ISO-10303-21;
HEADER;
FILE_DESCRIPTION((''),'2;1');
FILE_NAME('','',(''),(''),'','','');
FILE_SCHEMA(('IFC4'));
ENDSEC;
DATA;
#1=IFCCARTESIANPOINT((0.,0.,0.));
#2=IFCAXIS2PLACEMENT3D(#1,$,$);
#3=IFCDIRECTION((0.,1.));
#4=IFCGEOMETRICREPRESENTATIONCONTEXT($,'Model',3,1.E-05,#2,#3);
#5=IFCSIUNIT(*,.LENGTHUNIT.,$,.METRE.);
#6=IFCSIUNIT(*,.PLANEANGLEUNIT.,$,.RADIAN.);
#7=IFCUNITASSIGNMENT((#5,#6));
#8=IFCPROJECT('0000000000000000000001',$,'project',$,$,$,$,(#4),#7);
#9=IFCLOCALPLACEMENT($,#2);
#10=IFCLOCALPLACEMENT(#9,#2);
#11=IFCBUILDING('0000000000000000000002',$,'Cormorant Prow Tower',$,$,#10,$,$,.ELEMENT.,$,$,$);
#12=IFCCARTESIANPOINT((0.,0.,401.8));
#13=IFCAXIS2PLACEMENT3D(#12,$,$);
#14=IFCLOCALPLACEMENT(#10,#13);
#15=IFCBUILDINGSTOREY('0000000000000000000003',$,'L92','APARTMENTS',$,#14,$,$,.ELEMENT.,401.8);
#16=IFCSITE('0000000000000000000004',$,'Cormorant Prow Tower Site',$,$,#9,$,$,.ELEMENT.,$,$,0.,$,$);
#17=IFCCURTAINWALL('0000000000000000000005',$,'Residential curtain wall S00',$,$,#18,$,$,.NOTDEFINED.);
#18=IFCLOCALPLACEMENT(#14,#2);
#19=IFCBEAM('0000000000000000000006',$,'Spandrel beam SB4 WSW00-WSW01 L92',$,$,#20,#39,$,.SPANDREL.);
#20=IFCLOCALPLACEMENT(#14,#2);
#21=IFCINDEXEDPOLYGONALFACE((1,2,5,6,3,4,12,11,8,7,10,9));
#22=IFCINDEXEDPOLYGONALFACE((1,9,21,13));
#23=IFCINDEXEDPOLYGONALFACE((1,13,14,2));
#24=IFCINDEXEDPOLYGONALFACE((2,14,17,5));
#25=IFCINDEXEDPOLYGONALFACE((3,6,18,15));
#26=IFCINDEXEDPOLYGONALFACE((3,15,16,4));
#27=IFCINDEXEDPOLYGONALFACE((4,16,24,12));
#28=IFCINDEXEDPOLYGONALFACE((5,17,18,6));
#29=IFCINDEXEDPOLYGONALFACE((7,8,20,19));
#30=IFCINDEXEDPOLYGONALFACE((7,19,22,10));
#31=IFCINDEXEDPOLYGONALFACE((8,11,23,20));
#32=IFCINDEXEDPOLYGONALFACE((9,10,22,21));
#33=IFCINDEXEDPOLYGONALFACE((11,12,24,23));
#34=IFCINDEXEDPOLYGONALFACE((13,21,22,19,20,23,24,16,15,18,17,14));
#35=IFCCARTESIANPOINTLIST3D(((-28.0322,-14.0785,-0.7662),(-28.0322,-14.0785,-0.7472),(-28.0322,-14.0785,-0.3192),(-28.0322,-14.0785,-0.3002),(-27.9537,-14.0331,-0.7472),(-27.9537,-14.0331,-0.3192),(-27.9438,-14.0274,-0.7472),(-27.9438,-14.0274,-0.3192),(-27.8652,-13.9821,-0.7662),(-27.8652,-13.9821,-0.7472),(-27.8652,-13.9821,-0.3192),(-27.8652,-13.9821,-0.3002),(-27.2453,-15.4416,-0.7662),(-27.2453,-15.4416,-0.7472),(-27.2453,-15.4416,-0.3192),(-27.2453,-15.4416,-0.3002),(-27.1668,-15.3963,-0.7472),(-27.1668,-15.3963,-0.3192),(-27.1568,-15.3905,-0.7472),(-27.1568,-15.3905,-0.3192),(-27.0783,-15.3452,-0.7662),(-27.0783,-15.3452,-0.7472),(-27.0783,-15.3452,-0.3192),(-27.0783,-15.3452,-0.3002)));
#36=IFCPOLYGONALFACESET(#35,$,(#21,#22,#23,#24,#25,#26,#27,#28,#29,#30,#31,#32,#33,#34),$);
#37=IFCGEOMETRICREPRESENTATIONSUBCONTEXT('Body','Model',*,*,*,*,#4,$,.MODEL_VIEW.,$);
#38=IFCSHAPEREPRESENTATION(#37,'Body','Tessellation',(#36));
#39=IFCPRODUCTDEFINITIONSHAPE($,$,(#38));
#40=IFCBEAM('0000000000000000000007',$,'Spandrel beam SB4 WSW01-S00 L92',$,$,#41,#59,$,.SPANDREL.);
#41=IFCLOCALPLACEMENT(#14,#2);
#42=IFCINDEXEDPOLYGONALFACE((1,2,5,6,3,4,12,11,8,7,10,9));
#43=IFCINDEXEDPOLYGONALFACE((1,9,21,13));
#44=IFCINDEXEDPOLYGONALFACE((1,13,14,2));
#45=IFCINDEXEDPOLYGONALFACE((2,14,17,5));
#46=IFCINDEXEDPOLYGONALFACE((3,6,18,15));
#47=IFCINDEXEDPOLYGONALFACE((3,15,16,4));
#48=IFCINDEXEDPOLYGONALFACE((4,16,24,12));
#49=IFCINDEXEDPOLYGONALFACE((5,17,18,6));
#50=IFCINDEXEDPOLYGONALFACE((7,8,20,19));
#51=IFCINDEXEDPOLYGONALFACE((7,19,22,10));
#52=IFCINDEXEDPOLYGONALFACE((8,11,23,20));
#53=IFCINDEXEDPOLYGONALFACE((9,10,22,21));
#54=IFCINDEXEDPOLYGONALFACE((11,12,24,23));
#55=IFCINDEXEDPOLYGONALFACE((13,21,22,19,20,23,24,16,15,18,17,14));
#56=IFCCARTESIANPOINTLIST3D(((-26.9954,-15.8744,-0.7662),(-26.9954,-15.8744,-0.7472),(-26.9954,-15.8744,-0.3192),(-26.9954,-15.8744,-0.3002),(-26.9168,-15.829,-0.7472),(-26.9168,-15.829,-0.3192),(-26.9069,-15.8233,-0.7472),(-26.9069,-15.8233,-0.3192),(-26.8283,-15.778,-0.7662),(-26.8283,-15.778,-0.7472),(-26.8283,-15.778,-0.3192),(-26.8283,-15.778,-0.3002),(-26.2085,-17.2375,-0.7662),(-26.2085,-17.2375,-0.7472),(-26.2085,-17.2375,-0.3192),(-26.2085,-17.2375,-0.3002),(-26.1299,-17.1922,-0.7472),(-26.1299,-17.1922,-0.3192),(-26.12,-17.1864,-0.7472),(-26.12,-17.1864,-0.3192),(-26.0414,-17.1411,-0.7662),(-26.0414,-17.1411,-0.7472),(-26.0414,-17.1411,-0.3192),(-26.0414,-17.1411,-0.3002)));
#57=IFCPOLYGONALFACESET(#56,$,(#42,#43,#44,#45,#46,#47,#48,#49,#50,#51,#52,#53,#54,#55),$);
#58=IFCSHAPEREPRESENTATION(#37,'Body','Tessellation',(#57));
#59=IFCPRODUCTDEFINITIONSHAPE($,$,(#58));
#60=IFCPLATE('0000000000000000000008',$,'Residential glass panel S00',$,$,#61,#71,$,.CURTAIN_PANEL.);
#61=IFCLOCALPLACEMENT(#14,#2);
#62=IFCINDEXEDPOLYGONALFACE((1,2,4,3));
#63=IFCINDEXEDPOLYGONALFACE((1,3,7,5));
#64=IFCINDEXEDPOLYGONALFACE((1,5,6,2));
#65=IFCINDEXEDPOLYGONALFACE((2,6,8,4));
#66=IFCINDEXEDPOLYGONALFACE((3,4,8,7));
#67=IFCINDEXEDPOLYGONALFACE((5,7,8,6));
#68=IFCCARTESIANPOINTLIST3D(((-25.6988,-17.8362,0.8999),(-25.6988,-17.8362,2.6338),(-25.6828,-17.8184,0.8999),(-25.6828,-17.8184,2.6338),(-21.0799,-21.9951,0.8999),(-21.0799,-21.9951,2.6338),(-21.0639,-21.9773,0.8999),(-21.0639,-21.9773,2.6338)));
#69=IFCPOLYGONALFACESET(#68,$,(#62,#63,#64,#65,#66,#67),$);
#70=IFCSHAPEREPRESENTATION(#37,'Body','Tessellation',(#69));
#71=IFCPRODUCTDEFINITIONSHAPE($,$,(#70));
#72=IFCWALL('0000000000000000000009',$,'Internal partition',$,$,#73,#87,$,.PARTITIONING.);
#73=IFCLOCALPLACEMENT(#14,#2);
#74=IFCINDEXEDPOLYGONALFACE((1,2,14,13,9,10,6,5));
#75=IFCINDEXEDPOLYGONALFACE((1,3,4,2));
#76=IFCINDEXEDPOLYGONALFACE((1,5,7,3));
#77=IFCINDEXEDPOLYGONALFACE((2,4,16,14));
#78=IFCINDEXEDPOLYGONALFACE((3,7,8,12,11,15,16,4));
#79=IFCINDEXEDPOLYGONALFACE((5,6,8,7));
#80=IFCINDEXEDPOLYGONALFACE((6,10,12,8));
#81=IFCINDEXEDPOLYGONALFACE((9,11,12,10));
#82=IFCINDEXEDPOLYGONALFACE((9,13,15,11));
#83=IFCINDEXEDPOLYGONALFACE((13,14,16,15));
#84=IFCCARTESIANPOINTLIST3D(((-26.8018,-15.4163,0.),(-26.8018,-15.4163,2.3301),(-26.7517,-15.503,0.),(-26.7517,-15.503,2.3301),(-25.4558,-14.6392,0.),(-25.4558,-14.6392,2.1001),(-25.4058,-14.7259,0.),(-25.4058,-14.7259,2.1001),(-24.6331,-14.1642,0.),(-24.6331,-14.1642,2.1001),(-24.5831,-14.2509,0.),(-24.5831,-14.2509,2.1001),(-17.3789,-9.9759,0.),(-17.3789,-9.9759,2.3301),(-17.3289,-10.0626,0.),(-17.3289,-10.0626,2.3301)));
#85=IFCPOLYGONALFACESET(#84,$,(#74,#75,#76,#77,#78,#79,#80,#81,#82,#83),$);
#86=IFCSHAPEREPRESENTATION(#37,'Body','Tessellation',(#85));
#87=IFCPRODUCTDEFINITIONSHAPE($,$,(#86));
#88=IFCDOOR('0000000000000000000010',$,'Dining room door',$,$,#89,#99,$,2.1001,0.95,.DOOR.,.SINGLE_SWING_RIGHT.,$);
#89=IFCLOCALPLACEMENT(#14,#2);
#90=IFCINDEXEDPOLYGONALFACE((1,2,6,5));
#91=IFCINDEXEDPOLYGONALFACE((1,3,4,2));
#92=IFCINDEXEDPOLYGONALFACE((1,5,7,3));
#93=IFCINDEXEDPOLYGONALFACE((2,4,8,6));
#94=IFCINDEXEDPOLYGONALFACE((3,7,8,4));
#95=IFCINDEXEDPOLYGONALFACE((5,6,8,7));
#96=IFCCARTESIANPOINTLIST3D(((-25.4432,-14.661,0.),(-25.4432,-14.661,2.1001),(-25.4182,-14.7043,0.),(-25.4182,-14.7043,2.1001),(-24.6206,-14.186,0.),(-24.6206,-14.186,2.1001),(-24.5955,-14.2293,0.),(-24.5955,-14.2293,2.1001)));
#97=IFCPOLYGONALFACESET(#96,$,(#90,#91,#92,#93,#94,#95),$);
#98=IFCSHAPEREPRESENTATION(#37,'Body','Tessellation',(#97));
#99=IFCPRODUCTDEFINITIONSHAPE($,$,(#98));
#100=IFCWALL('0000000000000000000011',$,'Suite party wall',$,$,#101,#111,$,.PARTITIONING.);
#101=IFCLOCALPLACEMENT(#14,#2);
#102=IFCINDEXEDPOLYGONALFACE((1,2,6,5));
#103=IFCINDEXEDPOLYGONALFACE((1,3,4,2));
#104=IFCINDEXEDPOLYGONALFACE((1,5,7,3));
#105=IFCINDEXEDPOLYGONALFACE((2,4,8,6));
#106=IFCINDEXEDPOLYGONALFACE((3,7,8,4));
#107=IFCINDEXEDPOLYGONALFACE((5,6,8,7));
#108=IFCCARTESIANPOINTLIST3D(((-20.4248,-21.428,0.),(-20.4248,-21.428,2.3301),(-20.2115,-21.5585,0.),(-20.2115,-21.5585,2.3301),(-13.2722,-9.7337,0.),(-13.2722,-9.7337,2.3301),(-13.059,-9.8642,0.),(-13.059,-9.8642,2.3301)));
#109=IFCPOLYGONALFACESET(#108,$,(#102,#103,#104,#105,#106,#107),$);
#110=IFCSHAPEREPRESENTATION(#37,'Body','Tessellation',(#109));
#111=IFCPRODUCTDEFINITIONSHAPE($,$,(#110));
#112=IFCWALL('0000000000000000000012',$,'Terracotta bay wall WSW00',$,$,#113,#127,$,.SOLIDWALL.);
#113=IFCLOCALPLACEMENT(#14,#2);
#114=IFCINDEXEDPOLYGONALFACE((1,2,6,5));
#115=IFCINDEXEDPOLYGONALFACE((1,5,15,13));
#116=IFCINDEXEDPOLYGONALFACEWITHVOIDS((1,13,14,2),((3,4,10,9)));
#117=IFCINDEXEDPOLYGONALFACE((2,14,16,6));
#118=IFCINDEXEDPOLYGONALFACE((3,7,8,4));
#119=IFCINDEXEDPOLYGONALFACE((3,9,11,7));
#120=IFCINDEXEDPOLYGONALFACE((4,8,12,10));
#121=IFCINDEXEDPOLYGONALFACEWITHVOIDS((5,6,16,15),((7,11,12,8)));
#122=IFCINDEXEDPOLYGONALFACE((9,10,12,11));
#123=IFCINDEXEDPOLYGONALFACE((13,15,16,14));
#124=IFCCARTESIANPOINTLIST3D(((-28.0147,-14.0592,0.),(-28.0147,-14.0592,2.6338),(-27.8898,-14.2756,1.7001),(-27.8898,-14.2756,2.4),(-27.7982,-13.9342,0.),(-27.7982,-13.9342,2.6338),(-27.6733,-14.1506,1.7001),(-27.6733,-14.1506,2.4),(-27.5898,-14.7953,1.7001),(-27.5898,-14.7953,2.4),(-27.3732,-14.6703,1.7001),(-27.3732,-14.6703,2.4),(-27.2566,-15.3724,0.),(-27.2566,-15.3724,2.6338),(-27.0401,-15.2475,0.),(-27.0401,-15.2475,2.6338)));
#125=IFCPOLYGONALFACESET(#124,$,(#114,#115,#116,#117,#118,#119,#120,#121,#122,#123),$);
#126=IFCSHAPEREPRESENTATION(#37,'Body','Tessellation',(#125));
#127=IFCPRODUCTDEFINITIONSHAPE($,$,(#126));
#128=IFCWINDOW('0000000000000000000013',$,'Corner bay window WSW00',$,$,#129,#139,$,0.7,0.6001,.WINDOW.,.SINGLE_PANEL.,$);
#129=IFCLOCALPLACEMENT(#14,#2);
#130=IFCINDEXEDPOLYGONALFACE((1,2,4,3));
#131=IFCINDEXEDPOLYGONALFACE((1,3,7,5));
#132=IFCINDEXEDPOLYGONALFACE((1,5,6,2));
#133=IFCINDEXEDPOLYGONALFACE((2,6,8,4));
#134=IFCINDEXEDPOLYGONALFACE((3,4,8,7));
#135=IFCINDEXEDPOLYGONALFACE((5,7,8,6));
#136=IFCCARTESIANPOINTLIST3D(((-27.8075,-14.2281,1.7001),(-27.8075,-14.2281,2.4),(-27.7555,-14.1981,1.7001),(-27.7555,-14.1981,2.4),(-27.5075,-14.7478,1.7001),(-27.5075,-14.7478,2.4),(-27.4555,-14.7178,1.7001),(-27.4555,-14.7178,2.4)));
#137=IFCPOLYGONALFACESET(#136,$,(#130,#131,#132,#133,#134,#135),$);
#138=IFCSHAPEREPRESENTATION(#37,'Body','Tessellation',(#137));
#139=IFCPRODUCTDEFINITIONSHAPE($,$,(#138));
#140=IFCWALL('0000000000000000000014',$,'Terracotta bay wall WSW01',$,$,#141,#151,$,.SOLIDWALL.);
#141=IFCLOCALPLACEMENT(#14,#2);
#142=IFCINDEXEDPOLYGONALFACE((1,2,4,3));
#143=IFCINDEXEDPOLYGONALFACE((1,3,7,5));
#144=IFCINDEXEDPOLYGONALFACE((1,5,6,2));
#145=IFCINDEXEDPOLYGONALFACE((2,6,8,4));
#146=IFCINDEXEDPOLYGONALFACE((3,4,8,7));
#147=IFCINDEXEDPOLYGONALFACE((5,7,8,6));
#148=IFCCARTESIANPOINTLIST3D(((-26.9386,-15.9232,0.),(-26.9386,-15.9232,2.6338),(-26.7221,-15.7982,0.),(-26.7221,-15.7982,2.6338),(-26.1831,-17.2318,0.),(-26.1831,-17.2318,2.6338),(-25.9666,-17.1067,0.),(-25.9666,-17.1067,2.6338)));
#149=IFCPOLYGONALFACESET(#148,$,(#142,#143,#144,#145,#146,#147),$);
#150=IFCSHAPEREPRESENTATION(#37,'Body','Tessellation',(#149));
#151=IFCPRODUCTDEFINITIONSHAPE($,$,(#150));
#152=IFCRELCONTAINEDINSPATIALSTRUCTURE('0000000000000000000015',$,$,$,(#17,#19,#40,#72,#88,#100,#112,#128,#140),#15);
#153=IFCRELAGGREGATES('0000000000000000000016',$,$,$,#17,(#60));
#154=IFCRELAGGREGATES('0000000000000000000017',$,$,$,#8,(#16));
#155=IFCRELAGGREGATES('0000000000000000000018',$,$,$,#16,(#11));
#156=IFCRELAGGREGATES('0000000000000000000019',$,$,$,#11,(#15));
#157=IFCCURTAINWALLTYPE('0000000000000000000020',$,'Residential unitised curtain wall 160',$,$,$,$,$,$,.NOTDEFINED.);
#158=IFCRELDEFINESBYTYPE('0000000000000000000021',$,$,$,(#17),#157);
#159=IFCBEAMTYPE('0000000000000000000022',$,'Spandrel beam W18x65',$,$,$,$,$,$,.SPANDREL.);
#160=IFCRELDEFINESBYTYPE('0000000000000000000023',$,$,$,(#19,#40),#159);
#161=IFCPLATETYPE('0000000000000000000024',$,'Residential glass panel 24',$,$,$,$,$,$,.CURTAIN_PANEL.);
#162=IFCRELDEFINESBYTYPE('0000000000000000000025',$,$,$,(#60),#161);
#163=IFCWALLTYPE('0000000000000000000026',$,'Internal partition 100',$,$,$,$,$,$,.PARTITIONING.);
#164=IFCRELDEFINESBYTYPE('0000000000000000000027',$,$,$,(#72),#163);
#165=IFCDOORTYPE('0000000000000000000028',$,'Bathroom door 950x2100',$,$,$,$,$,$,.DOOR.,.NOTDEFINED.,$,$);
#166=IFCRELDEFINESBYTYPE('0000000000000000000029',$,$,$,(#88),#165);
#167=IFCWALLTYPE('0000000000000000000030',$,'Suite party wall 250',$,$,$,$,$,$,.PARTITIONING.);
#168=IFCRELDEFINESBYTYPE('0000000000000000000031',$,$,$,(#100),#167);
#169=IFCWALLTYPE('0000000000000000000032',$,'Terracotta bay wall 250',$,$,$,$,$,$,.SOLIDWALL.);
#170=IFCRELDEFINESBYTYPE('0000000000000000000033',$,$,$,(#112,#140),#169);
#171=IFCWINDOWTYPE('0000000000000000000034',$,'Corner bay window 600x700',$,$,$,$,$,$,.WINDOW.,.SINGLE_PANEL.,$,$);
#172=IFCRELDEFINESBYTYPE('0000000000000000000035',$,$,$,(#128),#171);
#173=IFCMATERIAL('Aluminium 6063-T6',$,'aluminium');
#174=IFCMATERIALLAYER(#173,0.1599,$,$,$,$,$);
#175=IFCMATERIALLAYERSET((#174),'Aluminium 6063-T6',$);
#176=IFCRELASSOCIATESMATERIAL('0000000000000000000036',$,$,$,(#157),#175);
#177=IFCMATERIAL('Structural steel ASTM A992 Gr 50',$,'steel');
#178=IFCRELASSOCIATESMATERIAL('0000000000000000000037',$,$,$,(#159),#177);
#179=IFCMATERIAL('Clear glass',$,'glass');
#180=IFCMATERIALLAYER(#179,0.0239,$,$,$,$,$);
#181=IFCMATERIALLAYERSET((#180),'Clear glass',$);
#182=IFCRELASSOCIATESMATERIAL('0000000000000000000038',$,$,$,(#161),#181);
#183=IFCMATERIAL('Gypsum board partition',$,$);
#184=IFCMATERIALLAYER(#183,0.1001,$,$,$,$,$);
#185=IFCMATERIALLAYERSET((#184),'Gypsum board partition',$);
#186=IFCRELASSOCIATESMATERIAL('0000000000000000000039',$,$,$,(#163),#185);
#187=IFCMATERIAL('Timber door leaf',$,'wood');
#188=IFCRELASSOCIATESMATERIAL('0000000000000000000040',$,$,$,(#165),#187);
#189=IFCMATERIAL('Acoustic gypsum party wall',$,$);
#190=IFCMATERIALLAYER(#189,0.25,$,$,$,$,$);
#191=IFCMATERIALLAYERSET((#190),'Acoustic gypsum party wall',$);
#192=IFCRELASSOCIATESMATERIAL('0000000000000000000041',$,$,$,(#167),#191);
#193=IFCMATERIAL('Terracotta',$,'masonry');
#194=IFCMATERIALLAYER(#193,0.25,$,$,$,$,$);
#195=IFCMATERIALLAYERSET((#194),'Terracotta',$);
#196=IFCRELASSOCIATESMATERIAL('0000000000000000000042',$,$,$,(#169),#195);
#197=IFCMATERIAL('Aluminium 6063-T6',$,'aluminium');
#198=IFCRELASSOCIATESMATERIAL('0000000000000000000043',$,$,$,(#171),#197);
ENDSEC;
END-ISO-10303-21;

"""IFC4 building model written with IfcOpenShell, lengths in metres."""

from ifc_helpers import new_model, si_unit, direction, frame, frame_2d, origin, origin_2d, place, context, subcontext, project, spatial, rectangle, i_section, extrude, material, layer, layer_set, material_profile, profile_set, type_object, element, fill, aggregate, save


model = new_model("IFC4")

# Units and contexts
model_context = context("Model", 3, precision=1e-05, world=origin(), true_north=direction((0.0, 1.0)))
body_context = subcontext(model_context, "Body", "Model", "MODEL_VIEW")
ifc_project = project(units=[si_unit("LENGTHUNIT", "METRE"), si_unit("PLANEANGLEUNIT", "RADIAN")], contexts=[model_context])

# Site, building, storey
site_placement = place(None, origin())
site = spatial("IfcSite", under=ifc_project, at=site_placement, Name="Cormorant Prow Tower Site", CompositionType="ELEMENT", RefElevation=0.0)
building_placement = place(site_placement, origin())
building = spatial("IfcBuilding", under=site, at=building_placement, Name="Cormorant Prow Tower", CompositionType="ELEMENT")
storey_placement = place(building_placement, frame((0.0, 0.0, 401.8)))
storey = spatial("IfcBuildingStorey", under=building, at=storey_placement, Name="L92", Description="APARTMENTS", CompositionType="ELEMENT", Elevation=401.8)

# Curtain wall
ifc_material_1 = material(Name="Aluminium 6063-T6", Category="aluminium")
ifc_layer_1 = layer(ifc_material_1, 0.1599)
ifc_layer_set_1 = layer_set([ifc_layer_1], Name="Aluminium 6063-T6")
curtain_wall_type = type_object("IfcCurtainWallType", Name="Residential unitised curtain wall 160", PredefinedType="NOTDEFINED", material=ifc_layer_set_1)
curtain_wall_placement = place(storey_placement, origin())
curtain_wall = element("IfcCurtainWall", 1, at=curtain_wall_placement, inside=storey, type_object=curtain_wall_type, Name="Residential curtain wall S00", PredefinedType="NOTDEFINED")

# Beams
ifc_material_2 = material(Name="Structural steel ASTM A992 Gr 50", Category="steel")
ifc_material_profile_1 = material_profile(ifc_material_2, i_section(OverallWidth=0.1929, OverallDepth=0.4661, WebThickness=0.0115, FlangeThickness=0.019, at=origin_2d()), Name="W18x65")
ifc_profile_set_1 = profile_set([ifc_material_profile_1], Name="Structural steel ASTM A992 Gr 50")
beam_type = type_object("IfcBeamType", Name="Spandrel beam W18x65", PredefinedType="SPANDREL", material=ifc_profile_set_1)
for number, where, z_axis, x_axis, name in (
    (2, (-27.9487, -14.0303, -0.5332), (0.49996, -0.866049, 0.0), (0.866049, 0.49996, 0.0), "Spandrel beam SB4 WSW00-WSW01 L92"),
    (3, (-26.9119, -15.8262, -0.5332), (0.49996, -0.866049, 0.0), (0.866049, 0.49996, 0.0), "Spandrel beam SB4 WSW01-S00 L92"),
):
    element("IfcBeam", number, at=place(storey_placement, frame(where, z_axis=z_axis, x_axis=x_axis)), inside=storey, type_object=beam_type, Name=name, PredefinedType="SPANDREL", context=body_context, shape_type="SweptSolid", body=[
        extrude(i_section(OverallWidth=0.1929, OverallDepth=0.4661, WebThickness=0.0115, FlangeThickness=0.019, at=origin_2d()), origin(), (0.0, 0.0, 1.0), 1.574),
    ])

# Plate
ifc_material_3 = material(Name="Clear glass", Category="glass")
ifc_layer_2 = layer(ifc_material_3, 0.0239)
ifc_layer_set_2 = layer_set([ifc_layer_2], Name="Clear glass")
plate_type = type_object("IfcPlateType", Name="Residential glass panel 24", PredefinedType="CURTAIN_PANEL", material=ifc_layer_set_2)
plate_placement = place(storey_placement, frame((-23.3813, -19.9067, 0.8999), z_axis=(0.0, 0.0, 1.0), x_axis=(0.743145, -0.669131, 0.0)))
plate = element("IfcPlate", 4, at=plate_placement, type_object=plate_type, Name="Residential glass panel S00", PredefinedType="CURTAIN_PANEL", context=body_context, shape_type="SweptSolid", body=[
    extrude(rectangle(XDim=6.2153, YDim=0.0239, at=origin_2d()), origin(), (0.0, 0.0, 1.0), 1.7339),
])
aggregate(curtain_wall, [plate])

# Wall, opening, door
ifc_material_4 = material(Name="Gypsum board partition")
ifc_layer_3 = layer(ifc_material_4, 0.1001)
ifc_layer_set_3 = layer_set([ifc_layer_3], Name="Gypsum board partition")
wall_type_1 = type_object("IfcWallType", Name="Internal partition 100", PredefinedType="PARTITIONING", material=ifc_layer_set_3)
wall_1_placement = place(storey_placement, frame((-26.7769, -15.4597, 0.0), z_axis=(0.0, 0.0, 1.0), x_axis=(0.86602, 0.50001, 0.0)))
wall_1 = element("IfcWall", 5, at=wall_1_placement, inside=storey, type_object=wall_type_1, Name="Internal partition", PredefinedType="PARTITIONING", context=body_context, shape_type="SweptSolid", body=[
    extrude(rectangle(XDim=10.8806, YDim=0.1001, at=frame_2d((5.4404, 0.0))), origin(), (0.0, 0.0, 1.0), 2.3301),
])
opening_1_placement = place(wall_1_placement, frame((1.5542, 0.0, 0.0)))
opening_1 = element("IfcOpeningElement", 6, at=opening_1_placement, cuts=wall_1, PredefinedType="OPENING", context=body_context, shape_type="SweptSolid", body=[
    extrude(rectangle(XDim=0.95, YDim=2.1001, at=frame_2d((0.4751, 1.05))), frame((0.0, 0.0601, 0.0), z_axis=(0.0, -1.0, 0.0), x_axis=(1.0, 0.0, 0.0)), (0.0, 0.0, 1.0), 0.1201),
])
ifc_material_5 = material(Name="Timber door leaf", Category="wood")
door_type_1 = type_object("IfcDoorType", Name="Bathroom door 950x2100", OperationType="NOTDEFINED", PredefinedType="DOOR", material=ifc_material_5)
door_1_placement = place(opening_1_placement, origin())
door_1 = element("IfcDoor", 7, at=door_1_placement, inside=storey, type_object=door_type_1, Name="Dining room door", OperationType="SINGLE_SWING_RIGHT", OverallHeight=2.1001, OverallWidth=0.95, PredefinedType="DOOR", context=body_context, shape_type="SweptSolid", body=[
    extrude(rectangle(XDim=0.95, YDim=2.1001, at=frame_2d((0.4751, 1.05))), frame((0.0, 0.0249, 0.0), z_axis=(0.0, -1.0, 0.0), x_axis=(1.0, 0.0, 0.0)), (0.0, 0.0, 1.0), 0.05),
])
fill(opening_1, door_1)

# Wall
ifc_material_6 = material(Name="Acoustic gypsum party wall")
ifc_layer_4 = layer(ifc_material_6, 0.25)
ifc_layer_set_4 = layer_set([ifc_layer_4], Name="Acoustic gypsum party wall")
wall_type_2 = type_object("IfcWallType", Name="Suite party wall 250", PredefinedType="PARTITIONING", material=ifc_layer_set_4)
wall_2_placement = place(storey_placement, frame((-20.3181, -21.4932, 0.0), z_axis=(0.0, 0.0, 1.0), x_axis=(0.521771, 0.853085, 0.0)))
element("IfcWall", 8, at=wall_2_placement, inside=storey, type_object=wall_type_2, Name="Suite party wall", PredefinedType="PARTITIONING", context=body_context, shape_type="SweptSolid", body=[
    extrude(rectangle(XDim=13.7083, YDim=0.25, at=frame_2d((6.854, 0.0))), origin(), (0.0, 0.0, 1.0), 2.3301),
])

# Wall, opening, window
ifc_material_7 = material(Name="Terracotta", Category="masonry")
ifc_layer_5 = layer(ifc_material_7, 0.25)
ifc_layer_set_5 = layer_set([ifc_layer_5], Name="Terracotta")
wall_type_3 = type_object("IfcWallType", Name="Terracotta bay wall 250", PredefinedType="SOLIDWALL", material=ifc_layer_set_5)
wall_3_placement = place(storey_placement, frame((-27.9065, -13.9966, 0.0), z_axis=(0.0, 0.0, 1.0), x_axis=(0.499932, -0.866065, 0.0)))
wall_3 = element("IfcWall", 9, at=wall_3_placement, inside=storey, type_object=wall_type_3, Name="Terracotta bay wall WSW00", PredefinedType="SOLIDWALL", context=body_context, shape_type="SweptSolid", body=[
    extrude(rectangle(XDim=1.5164, YDim=0.25, at=frame_2d((0.7583, 0.0))), origin(), (0.0, 0.0, 1.0), 2.6338),
])
opening_2_placement = place(wall_3_placement, frame((0.25, 0.0, 1.7)))
opening_2 = element("IfcOpeningElement", 10, at=opening_2_placement, cuts=wall_3, PredefinedType="OPENING", context=body_context, shape_type="SweptSolid", body=[
    extrude(rectangle(XDim=0.6001, YDim=0.7, at=frame_2d((0.3, 0.3501))), frame((0.0, 0.135, 0.0), z_axis=(0.0, -1.0, 0.0), x_axis=(1.0, 0.0, 0.0)), (0.0, 0.0, 1.0), 0.27),
])
ifc_material_8 = material(Name="Aluminium 6063-T6", Category="aluminium")
window_type = type_object("IfcWindowType", Name="Corner bay window 600x700", PartitioningType="SINGLE_PANEL", PredefinedType="WINDOW", material=ifc_material_8)
window_placement = place(opening_2_placement, origin())
window = element("IfcWindow", 11, at=window_placement, inside=storey, type_object=window_type, Name="Corner bay window WSW00", OverallHeight=0.7, OverallWidth=0.6001, PartitioningType="SINGLE_PANEL", PredefinedType="WINDOW", context=body_context, shape_type="SweptSolid", body=[
    extrude(rectangle(XDim=0.6001, YDim=0.7, at=frame_2d((0.3, 0.3501))), frame((0.0, 0.03, 0.0), z_axis=(0.0, -1.0, 0.0), x_axis=(1.0, 0.0, 0.0)), (0.0, 0.0, 1.0), 0.0601),
])
fill(opening_2, window)

# Wall
wall_4_placement = place(storey_placement, frame((-26.8303, -15.8608, 0.0), z_axis=(0.0, 0.0, 1.0), x_axis=(0.500049, -0.865997, 0.0)))
element("IfcWall", 12, at=wall_4_placement, inside=storey, type_object=wall_type_3, Name="Terracotta bay wall WSW01", PredefinedType="SOLIDWALL", context=body_context, shape_type="SweptSolid", body=[
    extrude(rectangle(XDim=1.511, YDim=0.25, at=frame_2d((0.7554, 0.0))), origin(), (0.0, 0.0, 1.0), 2.6338),
])

save(model, "model.ifc")
